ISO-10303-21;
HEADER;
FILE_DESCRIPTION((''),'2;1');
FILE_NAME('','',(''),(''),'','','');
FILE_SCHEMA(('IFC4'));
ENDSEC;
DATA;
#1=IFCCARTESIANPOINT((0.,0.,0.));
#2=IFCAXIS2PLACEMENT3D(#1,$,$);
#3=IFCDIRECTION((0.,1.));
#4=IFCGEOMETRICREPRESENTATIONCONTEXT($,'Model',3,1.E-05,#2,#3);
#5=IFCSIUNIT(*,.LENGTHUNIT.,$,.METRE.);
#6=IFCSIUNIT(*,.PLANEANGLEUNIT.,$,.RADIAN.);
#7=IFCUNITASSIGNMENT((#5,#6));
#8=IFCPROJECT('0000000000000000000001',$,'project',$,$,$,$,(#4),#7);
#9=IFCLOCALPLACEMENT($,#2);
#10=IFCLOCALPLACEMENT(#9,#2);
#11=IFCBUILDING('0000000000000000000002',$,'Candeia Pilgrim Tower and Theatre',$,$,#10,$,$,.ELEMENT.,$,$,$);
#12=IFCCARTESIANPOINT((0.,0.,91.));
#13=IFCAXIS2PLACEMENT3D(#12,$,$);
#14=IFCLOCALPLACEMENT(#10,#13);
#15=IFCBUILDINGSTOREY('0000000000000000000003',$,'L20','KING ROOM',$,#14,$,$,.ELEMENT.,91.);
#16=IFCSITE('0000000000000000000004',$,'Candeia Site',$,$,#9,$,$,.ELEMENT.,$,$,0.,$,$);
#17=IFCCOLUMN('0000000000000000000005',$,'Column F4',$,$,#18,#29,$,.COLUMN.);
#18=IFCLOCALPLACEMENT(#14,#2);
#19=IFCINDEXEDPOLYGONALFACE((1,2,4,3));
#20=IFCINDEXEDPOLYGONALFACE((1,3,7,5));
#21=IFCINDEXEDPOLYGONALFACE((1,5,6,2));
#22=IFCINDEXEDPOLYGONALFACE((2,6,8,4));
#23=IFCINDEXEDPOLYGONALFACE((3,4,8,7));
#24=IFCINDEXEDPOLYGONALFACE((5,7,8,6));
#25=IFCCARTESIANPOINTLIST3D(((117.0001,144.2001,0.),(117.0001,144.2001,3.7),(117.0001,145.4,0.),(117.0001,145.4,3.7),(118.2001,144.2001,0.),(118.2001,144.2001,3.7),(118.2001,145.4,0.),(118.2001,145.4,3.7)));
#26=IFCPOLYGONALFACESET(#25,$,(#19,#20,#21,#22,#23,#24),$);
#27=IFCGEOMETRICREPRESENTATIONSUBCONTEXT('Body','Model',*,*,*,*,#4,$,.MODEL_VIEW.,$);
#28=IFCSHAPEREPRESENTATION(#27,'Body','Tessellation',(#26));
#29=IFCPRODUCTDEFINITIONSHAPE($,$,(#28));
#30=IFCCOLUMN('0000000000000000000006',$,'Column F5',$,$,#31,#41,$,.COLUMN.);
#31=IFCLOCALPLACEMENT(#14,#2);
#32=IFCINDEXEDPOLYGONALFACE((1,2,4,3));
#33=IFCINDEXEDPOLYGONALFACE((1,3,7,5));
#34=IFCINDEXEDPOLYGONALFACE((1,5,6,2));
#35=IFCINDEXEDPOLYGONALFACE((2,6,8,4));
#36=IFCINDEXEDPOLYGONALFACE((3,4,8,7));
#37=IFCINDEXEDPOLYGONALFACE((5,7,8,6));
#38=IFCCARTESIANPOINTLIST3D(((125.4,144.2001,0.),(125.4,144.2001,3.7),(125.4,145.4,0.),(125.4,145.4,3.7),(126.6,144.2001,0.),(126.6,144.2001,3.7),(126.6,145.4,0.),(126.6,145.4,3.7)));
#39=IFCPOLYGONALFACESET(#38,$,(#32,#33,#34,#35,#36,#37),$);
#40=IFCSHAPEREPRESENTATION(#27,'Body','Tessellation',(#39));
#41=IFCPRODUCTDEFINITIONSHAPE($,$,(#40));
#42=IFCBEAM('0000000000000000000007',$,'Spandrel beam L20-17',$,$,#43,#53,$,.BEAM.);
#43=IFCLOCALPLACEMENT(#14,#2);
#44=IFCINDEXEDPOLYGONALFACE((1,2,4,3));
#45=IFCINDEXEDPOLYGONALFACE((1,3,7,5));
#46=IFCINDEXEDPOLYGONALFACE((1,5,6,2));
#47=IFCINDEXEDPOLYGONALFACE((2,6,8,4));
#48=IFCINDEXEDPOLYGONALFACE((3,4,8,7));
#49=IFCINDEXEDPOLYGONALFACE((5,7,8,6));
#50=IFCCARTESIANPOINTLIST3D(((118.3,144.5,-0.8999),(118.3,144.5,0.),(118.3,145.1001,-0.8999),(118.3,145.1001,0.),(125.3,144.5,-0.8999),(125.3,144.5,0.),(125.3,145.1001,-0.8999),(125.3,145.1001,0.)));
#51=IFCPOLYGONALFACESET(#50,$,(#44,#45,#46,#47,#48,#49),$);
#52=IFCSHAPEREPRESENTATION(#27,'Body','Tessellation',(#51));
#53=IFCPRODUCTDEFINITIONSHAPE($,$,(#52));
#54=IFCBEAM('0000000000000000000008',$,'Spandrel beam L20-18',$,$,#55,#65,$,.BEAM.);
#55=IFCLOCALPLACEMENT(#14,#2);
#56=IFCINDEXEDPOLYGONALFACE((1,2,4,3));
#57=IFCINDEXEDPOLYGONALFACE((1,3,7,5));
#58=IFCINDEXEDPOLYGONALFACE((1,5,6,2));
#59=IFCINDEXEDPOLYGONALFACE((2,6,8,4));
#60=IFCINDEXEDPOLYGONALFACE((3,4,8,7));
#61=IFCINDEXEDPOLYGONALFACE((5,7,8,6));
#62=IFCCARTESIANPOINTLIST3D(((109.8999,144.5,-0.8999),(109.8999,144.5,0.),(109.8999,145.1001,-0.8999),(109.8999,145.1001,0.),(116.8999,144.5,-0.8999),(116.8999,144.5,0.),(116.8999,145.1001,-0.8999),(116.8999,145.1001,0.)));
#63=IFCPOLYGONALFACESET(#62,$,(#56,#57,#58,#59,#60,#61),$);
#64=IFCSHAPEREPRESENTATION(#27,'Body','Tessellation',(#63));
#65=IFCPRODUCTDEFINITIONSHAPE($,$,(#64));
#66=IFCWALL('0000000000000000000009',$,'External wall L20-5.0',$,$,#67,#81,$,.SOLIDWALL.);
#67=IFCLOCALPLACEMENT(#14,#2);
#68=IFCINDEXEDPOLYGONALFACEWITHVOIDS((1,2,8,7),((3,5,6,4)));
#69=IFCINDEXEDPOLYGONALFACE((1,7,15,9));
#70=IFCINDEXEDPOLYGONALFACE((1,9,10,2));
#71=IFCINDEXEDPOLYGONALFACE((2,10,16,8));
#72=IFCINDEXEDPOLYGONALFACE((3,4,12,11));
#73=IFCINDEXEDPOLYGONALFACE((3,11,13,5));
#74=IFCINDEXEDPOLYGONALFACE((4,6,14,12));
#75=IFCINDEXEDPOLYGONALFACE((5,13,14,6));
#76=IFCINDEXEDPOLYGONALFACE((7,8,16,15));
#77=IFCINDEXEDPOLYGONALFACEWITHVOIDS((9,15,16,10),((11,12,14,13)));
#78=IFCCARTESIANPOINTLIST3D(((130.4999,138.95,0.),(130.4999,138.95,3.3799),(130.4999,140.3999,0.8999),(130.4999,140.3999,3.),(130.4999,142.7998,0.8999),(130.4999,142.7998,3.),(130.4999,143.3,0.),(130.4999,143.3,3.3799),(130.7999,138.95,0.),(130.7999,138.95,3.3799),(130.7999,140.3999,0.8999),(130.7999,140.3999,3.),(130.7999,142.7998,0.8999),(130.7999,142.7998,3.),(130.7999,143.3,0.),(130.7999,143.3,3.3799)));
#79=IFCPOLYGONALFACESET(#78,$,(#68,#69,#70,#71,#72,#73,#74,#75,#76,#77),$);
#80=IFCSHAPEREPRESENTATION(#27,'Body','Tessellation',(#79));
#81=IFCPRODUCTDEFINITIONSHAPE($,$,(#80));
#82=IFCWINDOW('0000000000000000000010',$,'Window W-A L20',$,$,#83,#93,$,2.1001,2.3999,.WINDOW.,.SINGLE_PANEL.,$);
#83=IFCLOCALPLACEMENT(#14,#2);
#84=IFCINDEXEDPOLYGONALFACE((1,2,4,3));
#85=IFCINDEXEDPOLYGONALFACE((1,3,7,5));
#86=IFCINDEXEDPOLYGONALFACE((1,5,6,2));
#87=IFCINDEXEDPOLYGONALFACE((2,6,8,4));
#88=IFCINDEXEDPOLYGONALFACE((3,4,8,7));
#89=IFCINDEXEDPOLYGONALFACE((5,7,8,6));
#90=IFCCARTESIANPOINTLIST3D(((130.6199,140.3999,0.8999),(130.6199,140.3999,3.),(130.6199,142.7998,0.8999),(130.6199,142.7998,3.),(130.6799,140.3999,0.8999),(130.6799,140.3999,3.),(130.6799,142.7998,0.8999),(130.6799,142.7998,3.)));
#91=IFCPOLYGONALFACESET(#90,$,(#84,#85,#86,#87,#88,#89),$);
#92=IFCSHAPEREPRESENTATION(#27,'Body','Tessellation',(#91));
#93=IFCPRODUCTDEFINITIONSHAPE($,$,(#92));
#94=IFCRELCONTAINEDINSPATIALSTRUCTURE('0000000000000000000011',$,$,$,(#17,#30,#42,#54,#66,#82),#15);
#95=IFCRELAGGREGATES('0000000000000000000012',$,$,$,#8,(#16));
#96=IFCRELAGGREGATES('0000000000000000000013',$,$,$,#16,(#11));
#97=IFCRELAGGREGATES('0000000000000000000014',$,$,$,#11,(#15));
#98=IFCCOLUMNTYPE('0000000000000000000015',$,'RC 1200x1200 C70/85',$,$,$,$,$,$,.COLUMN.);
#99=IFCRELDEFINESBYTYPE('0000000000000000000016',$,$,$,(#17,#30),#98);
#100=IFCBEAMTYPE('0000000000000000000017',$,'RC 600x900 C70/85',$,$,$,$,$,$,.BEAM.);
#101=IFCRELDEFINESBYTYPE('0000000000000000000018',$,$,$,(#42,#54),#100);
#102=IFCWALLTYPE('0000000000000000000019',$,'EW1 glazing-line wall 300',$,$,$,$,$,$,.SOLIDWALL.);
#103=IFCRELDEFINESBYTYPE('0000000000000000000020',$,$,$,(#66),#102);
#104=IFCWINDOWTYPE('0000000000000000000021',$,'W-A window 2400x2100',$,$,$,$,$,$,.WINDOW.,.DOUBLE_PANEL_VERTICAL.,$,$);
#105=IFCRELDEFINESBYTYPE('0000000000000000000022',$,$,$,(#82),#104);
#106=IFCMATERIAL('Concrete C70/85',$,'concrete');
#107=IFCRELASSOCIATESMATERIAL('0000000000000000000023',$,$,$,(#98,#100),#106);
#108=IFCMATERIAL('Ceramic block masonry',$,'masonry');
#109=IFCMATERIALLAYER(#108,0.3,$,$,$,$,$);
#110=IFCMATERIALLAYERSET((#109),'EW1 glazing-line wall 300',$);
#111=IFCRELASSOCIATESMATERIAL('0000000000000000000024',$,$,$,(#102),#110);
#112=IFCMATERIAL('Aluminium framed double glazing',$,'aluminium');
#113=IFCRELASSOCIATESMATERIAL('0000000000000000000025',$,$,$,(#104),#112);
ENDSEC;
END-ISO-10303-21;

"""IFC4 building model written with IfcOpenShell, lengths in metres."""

from ifc_helpers import new_model, si_unit, direction, frame, frame_2d, origin, origin_2d, place, context, subcontext, project, spatial, rectangle, extrude, material, layer, layer_set, material_profile, profile_set, type_object, element, fill, save


model = new_model("IFC4")

# Units and contexts
model_context = context("Model", 3, precision=1e-05, world=origin(), true_north=direction((0.0, 1.0)))
body_context = subcontext(model_context, "Body", "Model", "MODEL_VIEW")
ifc_project = project(units=[si_unit("LENGTHUNIT", "METRE"), si_unit("PLANEANGLEUNIT", "RADIAN")], contexts=[model_context])

# Site, building, storey
site_placement = place(None, origin())
site = spatial("IfcSite", under=ifc_project, at=site_placement, Name="Candeia Site", CompositionType="ELEMENT", RefElevation=0.0)
building_placement = place(site_placement, origin())
building = spatial("IfcBuilding", under=site, at=building_placement, Name="Candeia Pilgrim Tower and Theatre", CompositionType="ELEMENT")
storey_placement = place(building_placement, frame((0.0, 0.0, 91.0)))
storey = spatial("IfcBuildingStorey", under=building, at=storey_placement, Name="L20", Description="KING ROOM", CompositionType="ELEMENT", Elevation=91.0)

# Columns
ifc_material_1 = material(Name="Concrete C70/85", Category="concrete")
ifc_material_profile_1 = material_profile(ifc_material_1, rectangle(XDim=1.2, YDim=1.2, at=origin_2d()))
ifc_profile_set_1 = profile_set([ifc_material_profile_1], Name="Concrete C70/85")
column_type = type_object("IfcColumnType", Name="RC 1200x1200 C70/85", PredefinedType="COLUMN", material=ifc_profile_set_1)
for number, where, z_axis, x_axis, name in (
    (1, (117.6001, 144.8, 0.0), (0.0, 0.0, 1.0), (1.0, 0.0, 0.0), "Column F4"),
    (2, (126.0, 144.8, 0.0), (0.0, 0.0, 1.0), (1.0, 0.0, 0.0), "Column F5"),
):
    element("IfcColumn", number, at=place(storey_placement, frame(where, z_axis=z_axis, x_axis=x_axis)), inside=storey, type_object=column_type, Name=name, PredefinedType="COLUMN", context=body_context, shape_type="SweptSolid", body=[
        extrude(rectangle(XDim=1.2, YDim=1.2, at=origin_2d()), origin(), (0.0, 0.0, 1.0), 3.7),
    ])

# Beams
ifc_material_profile_2 = material_profile(ifc_material_1, rectangle(XDim=0.6001, YDim=0.8999, at=origin_2d()))
ifc_profile_set_2 = profile_set([ifc_material_profile_2], Name="Concrete C70/85")
beam_type = type_object("IfcBeamType", Name="RC 600x900 C70/85", PredefinedType="BEAM", material=ifc_profile_set_2)
for number, where, z_axis, x_axis, name in (
    (3, (125.3, 144.8, -0.45), (-1.0, 0.0, 0.0), (0.0, -1.0, 0.0), "Spandrel beam L20-17"),
    (4, (116.8999, 144.8, -0.45), (-1.0, 0.0, 0.0), (0.0, -1.0, 0.0), "Spandrel beam L20-18"),
):
    element("IfcBeam", number, at=place(storey_placement, frame(where, z_axis=z_axis, x_axis=x_axis)), inside=storey, type_object=beam_type, Name=name, PredefinedType="BEAM", context=body_context, shape_type="SweptSolid", body=[
        extrude(rectangle(XDim=0.6001, YDim=0.8999, at=origin_2d()), origin(), (0.0, 0.0, 1.0), 7.0),
    ])

# Wall, opening, window
ifc_material_2 = material(Name="Ceramic block masonry", Category="masonry")
ifc_layer_1 = layer(ifc_material_2, 0.3)
ifc_layer_set_1 = layer_set([ifc_layer_1], Name="EW1 glazing-line wall 300")
wall_type_1 = type_object("IfcWallType", Name="EW1 glazing-line wall 300", PredefinedType="SOLIDWALL", material=ifc_layer_set_1)
wall_1_placement = place(storey_placement, frame((130.6499, 138.95, 0.0), z_axis=(0.0, 0.0, 1.0), x_axis=(0.0, 1.0, 0.0)))
wall_1 = element("IfcWall", 5, at=wall_1_placement, inside=storey, type_object=wall_type_1, Name="External wall L20-5.0", PredefinedType="SOLIDWALL", context=body_context, shape_type="SweptSolid", body=[
    extrude(rectangle(XDim=4.3501, YDim=0.3, at=frame_2d((2.175, 0.0))), origin(), (0.0, 0.0, 1.0), 3.3799),
])
opening_1_placement = place(wall_1_placement, frame((1.45, 0.0, 0.8999)))
opening_1 = element("IfcOpeningElement", 6, at=opening_1_placement, cuts=wall_1, PredefinedType="OPENING", context=body_context, shape_type="SweptSolid", body=[
    extrude(rectangle(XDim=2.3999, YDim=2.1001, at=frame_2d((1.2, 1.05))), frame((0.0, 0.1602, 0.0), z_axis=(0.0, -1.0, 0.0), x_axis=(1.0, 0.0, 0.0)), (0.0, 0.0, 1.0), 0.3201),
])
ifc_material_3 = material(Name="Aluminium framed double glazing", Category="aluminium")
window_type_1 = type_object("IfcWindowType", Name="W-A window 2400x2100", PartitioningType="DOUBLE_PANEL_VERTICAL", PredefinedType="WINDOW", material=ifc_material_3)
window_1_placement = place(opening_1_placement, origin())
window_1 = element("IfcWindow", 7, at=window_1_placement, inside=storey, type_object=window_type_1, Name="Window W-A L20", OverallHeight=2.1001, OverallWidth=2.3999, PartitioningType="SINGLE_PANEL", PredefinedType="WINDOW", context=body_context, shape_type="SweptSolid", body=[
    extrude(rectangle(XDim=2.3999, YDim=2.1001, at=frame_2d((1.2, 1.05))), frame((0.0, 0.03, 0.0), z_axis=(0.0, -1.0, 0.0), x_axis=(1.0, 0.0, 0.0)), (0.0, 0.0, 1.0), 0.0601),
])
fill(opening_1, window_1)

save(model, "model.ifc")
